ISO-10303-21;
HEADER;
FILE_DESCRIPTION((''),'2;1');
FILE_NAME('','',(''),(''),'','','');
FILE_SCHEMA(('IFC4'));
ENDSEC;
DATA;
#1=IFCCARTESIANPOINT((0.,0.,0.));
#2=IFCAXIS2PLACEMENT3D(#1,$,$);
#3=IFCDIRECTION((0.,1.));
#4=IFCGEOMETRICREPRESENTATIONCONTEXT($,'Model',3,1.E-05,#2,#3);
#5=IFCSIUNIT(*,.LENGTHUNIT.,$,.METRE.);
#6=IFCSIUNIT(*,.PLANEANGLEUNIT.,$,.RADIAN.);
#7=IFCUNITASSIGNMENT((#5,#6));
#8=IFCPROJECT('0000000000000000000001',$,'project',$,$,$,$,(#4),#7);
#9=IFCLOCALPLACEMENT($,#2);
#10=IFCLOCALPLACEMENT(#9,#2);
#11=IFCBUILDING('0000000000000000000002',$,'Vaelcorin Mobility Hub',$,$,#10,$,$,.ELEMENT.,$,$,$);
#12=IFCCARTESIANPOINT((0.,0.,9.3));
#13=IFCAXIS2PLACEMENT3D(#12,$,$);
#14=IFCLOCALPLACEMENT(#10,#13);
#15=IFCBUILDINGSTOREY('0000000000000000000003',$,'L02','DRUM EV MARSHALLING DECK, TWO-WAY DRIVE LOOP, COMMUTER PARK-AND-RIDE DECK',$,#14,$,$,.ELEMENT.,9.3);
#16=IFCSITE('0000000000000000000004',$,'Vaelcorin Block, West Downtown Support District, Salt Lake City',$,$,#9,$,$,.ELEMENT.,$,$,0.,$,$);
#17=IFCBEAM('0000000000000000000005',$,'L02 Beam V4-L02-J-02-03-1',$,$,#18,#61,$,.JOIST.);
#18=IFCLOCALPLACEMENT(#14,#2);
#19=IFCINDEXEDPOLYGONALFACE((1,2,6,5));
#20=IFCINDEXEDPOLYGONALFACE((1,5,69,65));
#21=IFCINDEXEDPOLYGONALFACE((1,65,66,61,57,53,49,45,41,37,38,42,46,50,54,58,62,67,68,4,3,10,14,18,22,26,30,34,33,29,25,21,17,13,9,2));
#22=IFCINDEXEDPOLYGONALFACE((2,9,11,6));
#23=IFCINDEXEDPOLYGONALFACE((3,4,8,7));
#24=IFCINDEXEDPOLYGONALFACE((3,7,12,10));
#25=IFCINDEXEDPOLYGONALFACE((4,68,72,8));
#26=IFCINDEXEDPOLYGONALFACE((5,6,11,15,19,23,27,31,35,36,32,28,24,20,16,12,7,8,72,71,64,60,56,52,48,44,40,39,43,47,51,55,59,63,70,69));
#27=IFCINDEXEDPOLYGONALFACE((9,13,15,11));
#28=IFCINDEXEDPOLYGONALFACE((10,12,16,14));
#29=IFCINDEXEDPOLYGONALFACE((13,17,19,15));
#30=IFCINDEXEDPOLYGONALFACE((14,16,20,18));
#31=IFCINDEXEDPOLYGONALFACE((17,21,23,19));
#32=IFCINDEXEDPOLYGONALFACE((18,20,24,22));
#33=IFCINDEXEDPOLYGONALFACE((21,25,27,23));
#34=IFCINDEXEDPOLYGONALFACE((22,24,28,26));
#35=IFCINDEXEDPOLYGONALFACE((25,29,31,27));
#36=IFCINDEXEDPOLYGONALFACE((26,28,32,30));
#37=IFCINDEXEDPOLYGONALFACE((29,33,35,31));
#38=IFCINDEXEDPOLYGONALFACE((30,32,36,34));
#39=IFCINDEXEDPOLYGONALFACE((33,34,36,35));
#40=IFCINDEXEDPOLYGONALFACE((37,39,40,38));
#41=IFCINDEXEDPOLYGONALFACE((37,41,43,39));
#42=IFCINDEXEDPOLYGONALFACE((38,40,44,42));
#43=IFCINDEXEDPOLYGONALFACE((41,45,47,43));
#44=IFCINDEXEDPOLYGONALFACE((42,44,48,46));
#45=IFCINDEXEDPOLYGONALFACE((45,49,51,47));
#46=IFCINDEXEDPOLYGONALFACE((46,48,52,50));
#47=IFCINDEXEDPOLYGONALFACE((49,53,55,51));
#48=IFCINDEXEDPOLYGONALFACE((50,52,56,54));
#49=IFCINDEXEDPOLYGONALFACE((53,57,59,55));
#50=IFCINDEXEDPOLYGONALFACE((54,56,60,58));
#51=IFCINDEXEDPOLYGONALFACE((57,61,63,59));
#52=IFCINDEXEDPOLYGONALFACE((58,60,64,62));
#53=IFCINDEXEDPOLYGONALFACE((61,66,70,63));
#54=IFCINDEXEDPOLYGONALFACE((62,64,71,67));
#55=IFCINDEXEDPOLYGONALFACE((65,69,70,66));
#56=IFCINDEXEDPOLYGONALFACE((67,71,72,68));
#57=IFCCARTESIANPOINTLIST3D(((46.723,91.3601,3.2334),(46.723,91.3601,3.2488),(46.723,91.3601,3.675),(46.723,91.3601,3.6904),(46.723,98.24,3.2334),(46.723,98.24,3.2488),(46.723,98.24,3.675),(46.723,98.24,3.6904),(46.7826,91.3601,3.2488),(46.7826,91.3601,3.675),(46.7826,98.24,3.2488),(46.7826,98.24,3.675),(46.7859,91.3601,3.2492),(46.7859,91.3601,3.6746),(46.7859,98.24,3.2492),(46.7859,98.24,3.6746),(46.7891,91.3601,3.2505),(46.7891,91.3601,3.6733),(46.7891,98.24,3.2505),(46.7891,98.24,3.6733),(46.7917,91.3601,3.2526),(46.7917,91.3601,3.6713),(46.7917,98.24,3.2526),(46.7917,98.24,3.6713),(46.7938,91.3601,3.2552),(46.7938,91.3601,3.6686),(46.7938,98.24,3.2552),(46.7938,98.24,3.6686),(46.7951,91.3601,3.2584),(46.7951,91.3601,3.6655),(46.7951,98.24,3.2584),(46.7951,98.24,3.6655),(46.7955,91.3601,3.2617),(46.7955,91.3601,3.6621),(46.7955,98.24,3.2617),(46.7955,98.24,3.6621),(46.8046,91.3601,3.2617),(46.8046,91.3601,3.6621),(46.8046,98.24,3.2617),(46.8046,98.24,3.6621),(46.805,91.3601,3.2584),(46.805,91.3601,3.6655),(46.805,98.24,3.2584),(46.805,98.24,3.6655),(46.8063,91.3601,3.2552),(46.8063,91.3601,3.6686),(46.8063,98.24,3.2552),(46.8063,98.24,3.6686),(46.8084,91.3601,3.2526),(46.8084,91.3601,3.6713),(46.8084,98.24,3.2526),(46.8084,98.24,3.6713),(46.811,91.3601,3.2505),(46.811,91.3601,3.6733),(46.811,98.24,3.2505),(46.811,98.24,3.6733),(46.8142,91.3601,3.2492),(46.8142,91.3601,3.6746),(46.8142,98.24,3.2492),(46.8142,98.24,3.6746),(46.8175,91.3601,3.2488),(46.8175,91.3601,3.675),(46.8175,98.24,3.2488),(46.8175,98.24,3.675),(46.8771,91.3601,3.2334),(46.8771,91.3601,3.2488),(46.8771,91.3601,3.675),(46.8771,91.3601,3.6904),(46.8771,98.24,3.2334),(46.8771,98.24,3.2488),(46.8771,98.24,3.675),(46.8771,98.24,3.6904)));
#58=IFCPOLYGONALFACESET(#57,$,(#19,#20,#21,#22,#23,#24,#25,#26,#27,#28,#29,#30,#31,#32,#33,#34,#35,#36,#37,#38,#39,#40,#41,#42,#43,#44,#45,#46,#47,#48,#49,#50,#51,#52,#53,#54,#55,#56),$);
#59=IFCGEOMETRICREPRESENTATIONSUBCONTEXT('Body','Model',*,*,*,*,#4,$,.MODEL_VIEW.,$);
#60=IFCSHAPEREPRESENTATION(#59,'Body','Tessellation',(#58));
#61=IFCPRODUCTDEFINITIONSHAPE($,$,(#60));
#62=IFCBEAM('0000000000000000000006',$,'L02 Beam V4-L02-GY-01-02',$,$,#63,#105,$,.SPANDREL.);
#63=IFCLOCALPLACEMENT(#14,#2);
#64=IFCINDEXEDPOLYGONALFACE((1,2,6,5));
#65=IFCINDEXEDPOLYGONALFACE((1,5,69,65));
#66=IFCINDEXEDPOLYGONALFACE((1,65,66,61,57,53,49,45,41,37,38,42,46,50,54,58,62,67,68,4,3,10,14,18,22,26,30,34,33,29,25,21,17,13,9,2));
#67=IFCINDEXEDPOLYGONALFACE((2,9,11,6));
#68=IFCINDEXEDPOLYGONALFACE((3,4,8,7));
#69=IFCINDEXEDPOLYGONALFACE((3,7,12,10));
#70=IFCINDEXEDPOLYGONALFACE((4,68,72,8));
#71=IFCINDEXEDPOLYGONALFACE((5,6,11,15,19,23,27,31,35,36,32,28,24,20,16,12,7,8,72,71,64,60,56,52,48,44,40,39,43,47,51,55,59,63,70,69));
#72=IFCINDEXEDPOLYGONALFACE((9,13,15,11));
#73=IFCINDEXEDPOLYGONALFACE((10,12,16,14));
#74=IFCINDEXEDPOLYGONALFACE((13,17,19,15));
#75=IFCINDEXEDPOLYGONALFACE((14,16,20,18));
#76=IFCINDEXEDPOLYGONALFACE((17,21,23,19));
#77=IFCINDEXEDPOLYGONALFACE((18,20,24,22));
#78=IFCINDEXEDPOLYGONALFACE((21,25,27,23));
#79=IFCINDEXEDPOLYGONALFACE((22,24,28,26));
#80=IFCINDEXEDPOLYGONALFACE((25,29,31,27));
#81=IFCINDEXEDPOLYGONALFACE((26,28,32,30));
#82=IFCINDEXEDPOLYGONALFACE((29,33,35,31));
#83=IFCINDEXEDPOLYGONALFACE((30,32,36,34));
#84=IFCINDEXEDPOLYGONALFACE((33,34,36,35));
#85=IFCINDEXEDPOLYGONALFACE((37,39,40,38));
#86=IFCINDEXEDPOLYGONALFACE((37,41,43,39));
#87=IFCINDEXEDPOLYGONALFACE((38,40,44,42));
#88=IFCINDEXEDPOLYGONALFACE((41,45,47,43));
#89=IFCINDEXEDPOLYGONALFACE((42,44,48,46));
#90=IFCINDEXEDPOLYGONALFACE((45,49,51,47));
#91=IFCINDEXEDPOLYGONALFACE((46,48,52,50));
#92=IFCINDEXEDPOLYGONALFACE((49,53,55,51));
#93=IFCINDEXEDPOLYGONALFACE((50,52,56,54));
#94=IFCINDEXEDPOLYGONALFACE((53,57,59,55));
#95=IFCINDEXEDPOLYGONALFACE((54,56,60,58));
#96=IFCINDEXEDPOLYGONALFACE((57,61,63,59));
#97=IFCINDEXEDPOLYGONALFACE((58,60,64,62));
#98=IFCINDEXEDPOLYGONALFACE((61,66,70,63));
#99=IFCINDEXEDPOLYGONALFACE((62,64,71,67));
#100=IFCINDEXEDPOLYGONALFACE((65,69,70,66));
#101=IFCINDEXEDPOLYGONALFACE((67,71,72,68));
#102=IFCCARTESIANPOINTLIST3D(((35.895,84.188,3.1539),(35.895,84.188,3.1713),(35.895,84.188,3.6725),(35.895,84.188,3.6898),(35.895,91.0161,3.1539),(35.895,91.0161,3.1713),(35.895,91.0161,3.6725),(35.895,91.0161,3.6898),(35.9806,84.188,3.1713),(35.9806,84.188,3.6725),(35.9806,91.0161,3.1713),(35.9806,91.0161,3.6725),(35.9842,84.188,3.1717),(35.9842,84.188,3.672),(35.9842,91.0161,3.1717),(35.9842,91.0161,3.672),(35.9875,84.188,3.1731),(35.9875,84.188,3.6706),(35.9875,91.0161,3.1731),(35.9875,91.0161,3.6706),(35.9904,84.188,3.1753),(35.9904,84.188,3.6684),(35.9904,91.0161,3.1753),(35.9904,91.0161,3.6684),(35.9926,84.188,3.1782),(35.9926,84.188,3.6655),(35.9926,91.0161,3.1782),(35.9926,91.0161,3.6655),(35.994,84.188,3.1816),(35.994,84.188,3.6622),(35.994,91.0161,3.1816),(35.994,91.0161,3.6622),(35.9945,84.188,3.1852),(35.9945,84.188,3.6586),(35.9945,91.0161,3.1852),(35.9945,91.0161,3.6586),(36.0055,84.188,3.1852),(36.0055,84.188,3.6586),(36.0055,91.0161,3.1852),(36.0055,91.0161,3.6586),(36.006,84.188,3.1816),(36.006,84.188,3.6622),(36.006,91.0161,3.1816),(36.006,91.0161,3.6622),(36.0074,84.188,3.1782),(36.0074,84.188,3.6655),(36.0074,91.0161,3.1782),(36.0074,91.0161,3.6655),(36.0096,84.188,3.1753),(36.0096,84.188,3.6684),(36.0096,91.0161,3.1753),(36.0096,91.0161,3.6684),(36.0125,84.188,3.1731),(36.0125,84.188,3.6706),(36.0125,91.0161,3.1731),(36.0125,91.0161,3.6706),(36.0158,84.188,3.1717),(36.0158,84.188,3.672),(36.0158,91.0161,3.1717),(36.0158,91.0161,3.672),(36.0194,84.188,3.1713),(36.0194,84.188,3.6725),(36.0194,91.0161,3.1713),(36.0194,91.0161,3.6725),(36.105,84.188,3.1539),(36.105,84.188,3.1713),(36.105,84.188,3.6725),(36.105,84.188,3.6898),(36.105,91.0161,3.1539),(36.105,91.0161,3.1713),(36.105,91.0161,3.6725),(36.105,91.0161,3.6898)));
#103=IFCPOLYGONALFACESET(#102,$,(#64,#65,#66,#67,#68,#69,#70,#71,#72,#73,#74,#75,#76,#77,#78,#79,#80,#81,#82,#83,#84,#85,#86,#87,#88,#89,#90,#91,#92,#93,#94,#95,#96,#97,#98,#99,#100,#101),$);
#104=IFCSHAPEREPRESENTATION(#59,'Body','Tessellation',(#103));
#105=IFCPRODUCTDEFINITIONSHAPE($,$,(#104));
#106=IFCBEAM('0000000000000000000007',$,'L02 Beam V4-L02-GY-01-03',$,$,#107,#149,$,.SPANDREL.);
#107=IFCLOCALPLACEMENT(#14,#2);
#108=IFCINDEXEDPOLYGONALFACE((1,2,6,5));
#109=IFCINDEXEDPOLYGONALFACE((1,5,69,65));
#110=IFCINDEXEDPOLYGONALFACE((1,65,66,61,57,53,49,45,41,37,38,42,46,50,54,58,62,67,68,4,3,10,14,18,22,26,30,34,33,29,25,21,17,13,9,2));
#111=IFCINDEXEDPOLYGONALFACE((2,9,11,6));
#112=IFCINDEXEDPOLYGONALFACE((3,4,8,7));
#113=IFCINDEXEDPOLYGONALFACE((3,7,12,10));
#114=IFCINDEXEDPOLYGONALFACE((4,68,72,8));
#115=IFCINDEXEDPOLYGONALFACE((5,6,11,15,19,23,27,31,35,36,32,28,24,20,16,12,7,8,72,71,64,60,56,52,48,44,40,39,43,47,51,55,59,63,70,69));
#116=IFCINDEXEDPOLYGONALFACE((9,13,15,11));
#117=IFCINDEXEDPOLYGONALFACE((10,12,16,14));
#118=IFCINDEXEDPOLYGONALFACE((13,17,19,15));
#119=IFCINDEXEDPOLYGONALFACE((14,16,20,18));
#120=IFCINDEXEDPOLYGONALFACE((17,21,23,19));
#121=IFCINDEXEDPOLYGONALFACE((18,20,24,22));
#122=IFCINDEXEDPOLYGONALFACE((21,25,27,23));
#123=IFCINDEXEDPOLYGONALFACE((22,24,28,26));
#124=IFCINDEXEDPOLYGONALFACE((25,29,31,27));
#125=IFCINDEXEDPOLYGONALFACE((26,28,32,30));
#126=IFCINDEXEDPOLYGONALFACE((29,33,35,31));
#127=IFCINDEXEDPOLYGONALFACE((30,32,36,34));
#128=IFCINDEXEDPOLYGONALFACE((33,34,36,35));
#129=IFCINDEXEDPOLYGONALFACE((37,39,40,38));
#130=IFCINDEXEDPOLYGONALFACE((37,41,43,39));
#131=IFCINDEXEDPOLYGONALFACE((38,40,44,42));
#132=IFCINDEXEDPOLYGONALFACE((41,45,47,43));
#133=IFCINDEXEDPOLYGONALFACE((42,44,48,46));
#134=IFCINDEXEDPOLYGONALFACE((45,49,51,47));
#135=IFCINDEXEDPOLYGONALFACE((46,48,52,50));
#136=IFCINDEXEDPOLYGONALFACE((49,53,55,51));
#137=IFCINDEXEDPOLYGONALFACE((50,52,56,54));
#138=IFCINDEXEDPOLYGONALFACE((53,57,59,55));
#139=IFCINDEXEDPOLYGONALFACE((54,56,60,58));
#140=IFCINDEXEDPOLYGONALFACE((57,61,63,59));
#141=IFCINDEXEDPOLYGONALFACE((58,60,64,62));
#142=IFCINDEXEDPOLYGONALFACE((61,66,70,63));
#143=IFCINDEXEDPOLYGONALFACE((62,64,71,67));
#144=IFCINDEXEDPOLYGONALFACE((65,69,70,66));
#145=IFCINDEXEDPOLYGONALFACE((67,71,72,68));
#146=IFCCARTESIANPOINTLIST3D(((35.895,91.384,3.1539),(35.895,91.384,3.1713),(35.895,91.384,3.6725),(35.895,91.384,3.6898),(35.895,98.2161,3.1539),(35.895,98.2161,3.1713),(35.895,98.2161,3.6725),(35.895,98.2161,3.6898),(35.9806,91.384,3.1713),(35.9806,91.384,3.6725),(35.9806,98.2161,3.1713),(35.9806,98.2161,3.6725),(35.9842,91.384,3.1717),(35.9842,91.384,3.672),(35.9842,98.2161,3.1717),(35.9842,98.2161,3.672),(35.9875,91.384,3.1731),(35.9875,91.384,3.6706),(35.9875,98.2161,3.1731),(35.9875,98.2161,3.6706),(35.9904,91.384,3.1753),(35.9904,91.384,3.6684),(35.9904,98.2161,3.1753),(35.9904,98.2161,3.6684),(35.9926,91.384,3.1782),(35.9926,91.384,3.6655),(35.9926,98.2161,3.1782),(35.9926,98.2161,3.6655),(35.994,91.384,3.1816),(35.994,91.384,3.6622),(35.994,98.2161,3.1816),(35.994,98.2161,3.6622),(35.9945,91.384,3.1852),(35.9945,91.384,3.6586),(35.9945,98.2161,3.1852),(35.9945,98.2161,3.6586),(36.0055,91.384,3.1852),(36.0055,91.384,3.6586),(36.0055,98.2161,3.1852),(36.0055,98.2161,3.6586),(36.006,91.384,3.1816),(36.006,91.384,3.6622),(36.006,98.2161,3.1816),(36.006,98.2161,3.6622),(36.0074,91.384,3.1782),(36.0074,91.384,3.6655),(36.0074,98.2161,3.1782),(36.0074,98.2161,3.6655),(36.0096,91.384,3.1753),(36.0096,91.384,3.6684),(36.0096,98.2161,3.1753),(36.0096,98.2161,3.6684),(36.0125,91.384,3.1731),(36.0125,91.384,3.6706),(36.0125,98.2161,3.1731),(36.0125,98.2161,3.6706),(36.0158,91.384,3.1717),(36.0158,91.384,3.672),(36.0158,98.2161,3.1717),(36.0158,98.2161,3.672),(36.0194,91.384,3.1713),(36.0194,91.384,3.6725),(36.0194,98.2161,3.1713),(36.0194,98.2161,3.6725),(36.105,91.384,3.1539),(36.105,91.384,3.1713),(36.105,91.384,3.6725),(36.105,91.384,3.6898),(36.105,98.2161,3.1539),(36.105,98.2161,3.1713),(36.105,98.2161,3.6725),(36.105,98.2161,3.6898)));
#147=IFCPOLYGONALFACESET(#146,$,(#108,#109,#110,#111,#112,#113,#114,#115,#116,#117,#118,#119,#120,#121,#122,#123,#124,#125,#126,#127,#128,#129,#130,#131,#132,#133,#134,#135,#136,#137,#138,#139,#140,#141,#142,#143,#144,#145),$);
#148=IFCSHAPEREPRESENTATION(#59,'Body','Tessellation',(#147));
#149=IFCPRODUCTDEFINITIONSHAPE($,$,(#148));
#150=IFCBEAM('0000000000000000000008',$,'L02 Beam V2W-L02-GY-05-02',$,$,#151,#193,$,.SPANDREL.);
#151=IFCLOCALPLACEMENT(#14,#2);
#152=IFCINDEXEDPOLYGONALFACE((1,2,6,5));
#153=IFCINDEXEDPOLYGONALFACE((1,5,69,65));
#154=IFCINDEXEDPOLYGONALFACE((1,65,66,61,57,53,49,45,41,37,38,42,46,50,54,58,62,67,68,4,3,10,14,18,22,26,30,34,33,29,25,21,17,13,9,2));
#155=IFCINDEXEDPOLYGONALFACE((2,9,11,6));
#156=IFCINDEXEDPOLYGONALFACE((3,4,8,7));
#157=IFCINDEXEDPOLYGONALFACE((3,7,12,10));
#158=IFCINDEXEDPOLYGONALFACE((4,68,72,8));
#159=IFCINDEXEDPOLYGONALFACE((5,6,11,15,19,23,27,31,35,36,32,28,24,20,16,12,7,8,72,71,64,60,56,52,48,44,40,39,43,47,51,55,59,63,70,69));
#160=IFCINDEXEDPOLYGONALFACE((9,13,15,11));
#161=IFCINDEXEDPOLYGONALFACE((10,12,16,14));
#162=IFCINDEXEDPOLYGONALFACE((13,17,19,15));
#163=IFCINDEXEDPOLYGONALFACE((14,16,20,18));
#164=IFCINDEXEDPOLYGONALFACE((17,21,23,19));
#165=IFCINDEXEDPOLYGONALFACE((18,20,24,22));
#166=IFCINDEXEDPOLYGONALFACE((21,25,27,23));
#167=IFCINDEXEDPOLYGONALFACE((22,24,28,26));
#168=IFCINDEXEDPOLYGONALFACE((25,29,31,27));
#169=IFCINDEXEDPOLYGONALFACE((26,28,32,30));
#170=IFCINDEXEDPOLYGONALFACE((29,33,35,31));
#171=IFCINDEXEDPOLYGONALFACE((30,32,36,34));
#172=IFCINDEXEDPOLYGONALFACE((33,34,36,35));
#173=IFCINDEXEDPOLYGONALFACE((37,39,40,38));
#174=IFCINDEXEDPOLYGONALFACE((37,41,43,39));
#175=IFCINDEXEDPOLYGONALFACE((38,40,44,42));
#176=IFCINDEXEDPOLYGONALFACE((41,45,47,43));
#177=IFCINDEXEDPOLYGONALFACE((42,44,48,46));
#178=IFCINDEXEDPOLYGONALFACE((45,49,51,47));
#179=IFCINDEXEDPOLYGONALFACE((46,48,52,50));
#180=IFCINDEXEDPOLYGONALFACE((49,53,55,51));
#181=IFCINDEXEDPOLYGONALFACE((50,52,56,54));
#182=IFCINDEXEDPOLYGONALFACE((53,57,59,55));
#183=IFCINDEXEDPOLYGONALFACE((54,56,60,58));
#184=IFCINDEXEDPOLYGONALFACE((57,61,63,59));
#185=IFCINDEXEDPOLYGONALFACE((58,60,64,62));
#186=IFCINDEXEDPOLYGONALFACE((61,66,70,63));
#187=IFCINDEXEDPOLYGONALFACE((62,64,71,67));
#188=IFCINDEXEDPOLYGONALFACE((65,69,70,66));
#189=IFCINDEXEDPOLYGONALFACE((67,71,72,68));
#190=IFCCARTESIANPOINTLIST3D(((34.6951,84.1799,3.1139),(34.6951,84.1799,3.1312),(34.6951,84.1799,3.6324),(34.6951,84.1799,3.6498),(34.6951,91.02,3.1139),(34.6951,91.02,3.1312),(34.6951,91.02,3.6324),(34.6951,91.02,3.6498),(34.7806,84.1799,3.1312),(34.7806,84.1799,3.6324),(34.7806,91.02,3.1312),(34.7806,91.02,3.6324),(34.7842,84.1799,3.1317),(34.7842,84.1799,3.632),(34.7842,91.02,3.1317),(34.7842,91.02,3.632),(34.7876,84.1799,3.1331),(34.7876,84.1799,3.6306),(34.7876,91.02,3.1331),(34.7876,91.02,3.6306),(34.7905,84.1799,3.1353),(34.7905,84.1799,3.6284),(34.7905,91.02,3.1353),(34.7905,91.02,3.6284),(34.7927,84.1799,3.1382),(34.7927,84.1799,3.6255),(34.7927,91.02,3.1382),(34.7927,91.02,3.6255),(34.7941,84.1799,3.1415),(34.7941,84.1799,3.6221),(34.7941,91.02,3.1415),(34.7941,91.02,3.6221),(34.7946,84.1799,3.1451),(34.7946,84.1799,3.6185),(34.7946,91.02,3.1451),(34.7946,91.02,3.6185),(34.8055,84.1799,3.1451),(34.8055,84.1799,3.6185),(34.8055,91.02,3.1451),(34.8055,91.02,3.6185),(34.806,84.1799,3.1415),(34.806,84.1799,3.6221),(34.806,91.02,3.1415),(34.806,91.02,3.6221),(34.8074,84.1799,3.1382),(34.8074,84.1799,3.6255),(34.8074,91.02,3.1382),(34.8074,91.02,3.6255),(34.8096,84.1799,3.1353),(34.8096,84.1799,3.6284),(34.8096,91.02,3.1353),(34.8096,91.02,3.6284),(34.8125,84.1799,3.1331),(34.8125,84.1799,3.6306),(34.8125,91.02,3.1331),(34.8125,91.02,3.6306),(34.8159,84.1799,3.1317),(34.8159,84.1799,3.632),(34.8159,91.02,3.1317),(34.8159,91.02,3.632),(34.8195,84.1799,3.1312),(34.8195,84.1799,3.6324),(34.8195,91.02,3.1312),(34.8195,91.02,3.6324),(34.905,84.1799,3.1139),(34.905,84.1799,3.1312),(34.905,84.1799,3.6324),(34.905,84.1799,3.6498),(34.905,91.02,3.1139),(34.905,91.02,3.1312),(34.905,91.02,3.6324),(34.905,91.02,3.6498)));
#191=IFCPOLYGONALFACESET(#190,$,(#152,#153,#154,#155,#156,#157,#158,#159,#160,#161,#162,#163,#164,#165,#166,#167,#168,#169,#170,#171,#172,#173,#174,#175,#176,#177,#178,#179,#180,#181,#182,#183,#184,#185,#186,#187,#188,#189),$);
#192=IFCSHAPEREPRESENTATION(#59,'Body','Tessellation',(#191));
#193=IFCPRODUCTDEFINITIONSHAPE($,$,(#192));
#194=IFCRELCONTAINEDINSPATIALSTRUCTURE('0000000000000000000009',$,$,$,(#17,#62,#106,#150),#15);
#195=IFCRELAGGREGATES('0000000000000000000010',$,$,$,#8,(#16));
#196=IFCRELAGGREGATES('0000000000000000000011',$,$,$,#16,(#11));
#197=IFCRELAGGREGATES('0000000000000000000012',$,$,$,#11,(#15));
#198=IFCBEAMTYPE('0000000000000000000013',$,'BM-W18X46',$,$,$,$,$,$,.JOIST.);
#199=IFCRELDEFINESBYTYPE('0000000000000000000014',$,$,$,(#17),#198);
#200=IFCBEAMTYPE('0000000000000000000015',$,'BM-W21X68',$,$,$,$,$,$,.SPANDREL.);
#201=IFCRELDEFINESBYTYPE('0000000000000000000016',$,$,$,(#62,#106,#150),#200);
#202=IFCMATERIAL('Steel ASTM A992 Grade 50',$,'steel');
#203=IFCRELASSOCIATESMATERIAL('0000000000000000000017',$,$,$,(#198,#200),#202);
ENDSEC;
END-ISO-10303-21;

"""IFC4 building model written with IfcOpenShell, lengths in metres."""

from ifc_helpers import new_model, si_unit, direction, frame, origin, origin_2d, place, context, subcontext, project, spatial, i_section, extrude, material, material_profile, profile_set, type_object, element, save


model = new_model("IFC4")

# Units and contexts
model_context = context("Model", 3, precision=1e-05, world=origin(), true_north=direction((0.0, 1.0)))
body_context = subcontext(model_context, "Body", "Model", "MODEL_VIEW")
ifc_project = project(units=[si_unit("LENGTHUNIT", "METRE"), si_unit("PLANEANGLEUNIT", "RADIAN")], contexts=[model_context])

# Site, building, storey
site_placement = place(None, origin())
site = spatial("IfcSite", under=ifc_project, at=site_placement, Name="Vaelcorin Block, West Downtown Support District, Salt Lake City", CompositionType="ELEMENT", RefElevation=0.0)
building_placement = place(site_placement, origin())
building = spatial("IfcBuilding", under=site, at=building_placement, Name="Vaelcorin Mobility Hub", CompositionType="ELEMENT")
storey_placement = place(building_placement, frame((0.0, 0.0, 9.3)))
storey = spatial("IfcBuildingStorey", under=building, at=storey_placement, Name="L02", Description="DRUM EV MARSHALLING DECK, TWO-WAY DRIVE LOOP, COMMUTER PARK-AND-RIDE DECK", CompositionType="ELEMENT", Elevation=9.3)

# Shared definitions
ifc_material_1 = material(Name="Steel ASTM A992 Grade 50", Category="steel")

# Beams
ifc_material_profile_1 = material_profile(ifc_material_1, i_section(OverallWidth=0.1541, OverallDepth=0.457, WebThickness=0.009, FlangeThickness=0.0154, FilletRadius=0.0129, at=origin_2d()), Name="W18X46")
ifc_profile_set_1 = profile_set([ifc_material_profile_1], Name="Steel ASTM A992 Grade 50")
beam_type_1 = type_object("IfcBeamType", Name="BM-W18X46", PredefinedType="JOIST", material=ifc_profile_set_1)
beam_1_placement = place(storey_placement, frame((46.8, 91.3601, 3.4619), z_axis=(0.0, 1.0, 0.0), x_axis=(-1.0, 0.0, 0.0)))
element("IfcBeam", 1, at=beam_1_placement, inside=storey, type_object=beam_type_1, Name="L02 Beam V4-L02-J-02-03-1", PredefinedType="JOIST", context=body_context, shape_type="SweptSolid", body=[
    extrude(i_section(OverallWidth=0.1541, OverallDepth=0.457, WebThickness=0.009, FlangeThickness=0.0154, FilletRadius=0.0129, at=origin_2d()), origin(), (0.0, 0.0, 1.0), 6.8799),
])
ifc_material_profile_2 = material_profile(ifc_material_1, i_section(OverallWidth=0.21, OverallDepth=0.5359, WebThickness=0.011, FlangeThickness=0.0173, FilletRadius=0.0139, at=origin_2d()), Name="W21X68")
ifc_profile_set_2 = profile_set([ifc_material_profile_2], Name="Steel ASTM A992 Grade 50")
beam_type_2 = type_object("IfcBeamType", Name="BM-W21X68", PredefinedType="SPANDREL", material=ifc_profile_set_2)
beam_2_placement = place(storey_placement, frame((36.0, 84.188, 3.4219), z_axis=(0.0, 1.0, 0.0), x_axis=(-1.0, 0.0, 0.0)))
element("IfcBeam", 2, at=beam_2_placement, inside=storey, type_object=beam_type_2, Name="L02 Beam V4-L02-GY-01-02", PredefinedType="SPANDREL", context=body_context, shape_type="SweptSolid", body=[
    extrude(i_section(OverallWidth=0.21, OverallDepth=0.5359, WebThickness=0.011, FlangeThickness=0.0173, FilletRadius=0.0139, at=origin_2d()), origin(), (0.0, 0.0, 1.0), 6.8281),
])
beam_3_placement = place(storey_placement, frame((36.0, 91.384, 3.4219), z_axis=(0.0, 1.0, 0.0), x_axis=(-1.0, 0.0, 0.0)))
element("IfcBeam", 3, at=beam_3_placement, inside=storey, type_object=beam_type_2, Name="L02 Beam V4-L02-GY-01-03", PredefinedType="SPANDREL", context=body_context, shape_type="SweptSolid", body=[
    extrude(i_section(OverallWidth=0.21, OverallDepth=0.5359, WebThickness=0.011, FlangeThickness=0.0173, FilletRadius=0.0139, at=origin_2d()), origin(), (0.0, 0.0, 1.0), 6.832),
])
for number, where, z_axis, x_axis, name in (
    (4, (34.8, 84.1799, 3.3818), (0.0, 1.0, 0.0), (-1.0, 0.0, 0.0), "L02 Beam V2W-L02-GY-05-02"),
):
    element("IfcBeam", number, at=place(storey_placement, frame(where, z_axis=z_axis, x_axis=x_axis)), inside=storey, type_object=beam_type_2, Name=name, PredefinedType="SPANDREL", context=body_context, shape_type="SweptSolid", body=[
        extrude(i_section(OverallWidth=0.21, OverallDepth=0.5359, WebThickness=0.011, FlangeThickness=0.0173, FilletRadius=0.0139, at=origin_2d()), origin(), (0.0, 0.0, 1.0), 6.8401),
    ])

save(model, "model.ifc")
